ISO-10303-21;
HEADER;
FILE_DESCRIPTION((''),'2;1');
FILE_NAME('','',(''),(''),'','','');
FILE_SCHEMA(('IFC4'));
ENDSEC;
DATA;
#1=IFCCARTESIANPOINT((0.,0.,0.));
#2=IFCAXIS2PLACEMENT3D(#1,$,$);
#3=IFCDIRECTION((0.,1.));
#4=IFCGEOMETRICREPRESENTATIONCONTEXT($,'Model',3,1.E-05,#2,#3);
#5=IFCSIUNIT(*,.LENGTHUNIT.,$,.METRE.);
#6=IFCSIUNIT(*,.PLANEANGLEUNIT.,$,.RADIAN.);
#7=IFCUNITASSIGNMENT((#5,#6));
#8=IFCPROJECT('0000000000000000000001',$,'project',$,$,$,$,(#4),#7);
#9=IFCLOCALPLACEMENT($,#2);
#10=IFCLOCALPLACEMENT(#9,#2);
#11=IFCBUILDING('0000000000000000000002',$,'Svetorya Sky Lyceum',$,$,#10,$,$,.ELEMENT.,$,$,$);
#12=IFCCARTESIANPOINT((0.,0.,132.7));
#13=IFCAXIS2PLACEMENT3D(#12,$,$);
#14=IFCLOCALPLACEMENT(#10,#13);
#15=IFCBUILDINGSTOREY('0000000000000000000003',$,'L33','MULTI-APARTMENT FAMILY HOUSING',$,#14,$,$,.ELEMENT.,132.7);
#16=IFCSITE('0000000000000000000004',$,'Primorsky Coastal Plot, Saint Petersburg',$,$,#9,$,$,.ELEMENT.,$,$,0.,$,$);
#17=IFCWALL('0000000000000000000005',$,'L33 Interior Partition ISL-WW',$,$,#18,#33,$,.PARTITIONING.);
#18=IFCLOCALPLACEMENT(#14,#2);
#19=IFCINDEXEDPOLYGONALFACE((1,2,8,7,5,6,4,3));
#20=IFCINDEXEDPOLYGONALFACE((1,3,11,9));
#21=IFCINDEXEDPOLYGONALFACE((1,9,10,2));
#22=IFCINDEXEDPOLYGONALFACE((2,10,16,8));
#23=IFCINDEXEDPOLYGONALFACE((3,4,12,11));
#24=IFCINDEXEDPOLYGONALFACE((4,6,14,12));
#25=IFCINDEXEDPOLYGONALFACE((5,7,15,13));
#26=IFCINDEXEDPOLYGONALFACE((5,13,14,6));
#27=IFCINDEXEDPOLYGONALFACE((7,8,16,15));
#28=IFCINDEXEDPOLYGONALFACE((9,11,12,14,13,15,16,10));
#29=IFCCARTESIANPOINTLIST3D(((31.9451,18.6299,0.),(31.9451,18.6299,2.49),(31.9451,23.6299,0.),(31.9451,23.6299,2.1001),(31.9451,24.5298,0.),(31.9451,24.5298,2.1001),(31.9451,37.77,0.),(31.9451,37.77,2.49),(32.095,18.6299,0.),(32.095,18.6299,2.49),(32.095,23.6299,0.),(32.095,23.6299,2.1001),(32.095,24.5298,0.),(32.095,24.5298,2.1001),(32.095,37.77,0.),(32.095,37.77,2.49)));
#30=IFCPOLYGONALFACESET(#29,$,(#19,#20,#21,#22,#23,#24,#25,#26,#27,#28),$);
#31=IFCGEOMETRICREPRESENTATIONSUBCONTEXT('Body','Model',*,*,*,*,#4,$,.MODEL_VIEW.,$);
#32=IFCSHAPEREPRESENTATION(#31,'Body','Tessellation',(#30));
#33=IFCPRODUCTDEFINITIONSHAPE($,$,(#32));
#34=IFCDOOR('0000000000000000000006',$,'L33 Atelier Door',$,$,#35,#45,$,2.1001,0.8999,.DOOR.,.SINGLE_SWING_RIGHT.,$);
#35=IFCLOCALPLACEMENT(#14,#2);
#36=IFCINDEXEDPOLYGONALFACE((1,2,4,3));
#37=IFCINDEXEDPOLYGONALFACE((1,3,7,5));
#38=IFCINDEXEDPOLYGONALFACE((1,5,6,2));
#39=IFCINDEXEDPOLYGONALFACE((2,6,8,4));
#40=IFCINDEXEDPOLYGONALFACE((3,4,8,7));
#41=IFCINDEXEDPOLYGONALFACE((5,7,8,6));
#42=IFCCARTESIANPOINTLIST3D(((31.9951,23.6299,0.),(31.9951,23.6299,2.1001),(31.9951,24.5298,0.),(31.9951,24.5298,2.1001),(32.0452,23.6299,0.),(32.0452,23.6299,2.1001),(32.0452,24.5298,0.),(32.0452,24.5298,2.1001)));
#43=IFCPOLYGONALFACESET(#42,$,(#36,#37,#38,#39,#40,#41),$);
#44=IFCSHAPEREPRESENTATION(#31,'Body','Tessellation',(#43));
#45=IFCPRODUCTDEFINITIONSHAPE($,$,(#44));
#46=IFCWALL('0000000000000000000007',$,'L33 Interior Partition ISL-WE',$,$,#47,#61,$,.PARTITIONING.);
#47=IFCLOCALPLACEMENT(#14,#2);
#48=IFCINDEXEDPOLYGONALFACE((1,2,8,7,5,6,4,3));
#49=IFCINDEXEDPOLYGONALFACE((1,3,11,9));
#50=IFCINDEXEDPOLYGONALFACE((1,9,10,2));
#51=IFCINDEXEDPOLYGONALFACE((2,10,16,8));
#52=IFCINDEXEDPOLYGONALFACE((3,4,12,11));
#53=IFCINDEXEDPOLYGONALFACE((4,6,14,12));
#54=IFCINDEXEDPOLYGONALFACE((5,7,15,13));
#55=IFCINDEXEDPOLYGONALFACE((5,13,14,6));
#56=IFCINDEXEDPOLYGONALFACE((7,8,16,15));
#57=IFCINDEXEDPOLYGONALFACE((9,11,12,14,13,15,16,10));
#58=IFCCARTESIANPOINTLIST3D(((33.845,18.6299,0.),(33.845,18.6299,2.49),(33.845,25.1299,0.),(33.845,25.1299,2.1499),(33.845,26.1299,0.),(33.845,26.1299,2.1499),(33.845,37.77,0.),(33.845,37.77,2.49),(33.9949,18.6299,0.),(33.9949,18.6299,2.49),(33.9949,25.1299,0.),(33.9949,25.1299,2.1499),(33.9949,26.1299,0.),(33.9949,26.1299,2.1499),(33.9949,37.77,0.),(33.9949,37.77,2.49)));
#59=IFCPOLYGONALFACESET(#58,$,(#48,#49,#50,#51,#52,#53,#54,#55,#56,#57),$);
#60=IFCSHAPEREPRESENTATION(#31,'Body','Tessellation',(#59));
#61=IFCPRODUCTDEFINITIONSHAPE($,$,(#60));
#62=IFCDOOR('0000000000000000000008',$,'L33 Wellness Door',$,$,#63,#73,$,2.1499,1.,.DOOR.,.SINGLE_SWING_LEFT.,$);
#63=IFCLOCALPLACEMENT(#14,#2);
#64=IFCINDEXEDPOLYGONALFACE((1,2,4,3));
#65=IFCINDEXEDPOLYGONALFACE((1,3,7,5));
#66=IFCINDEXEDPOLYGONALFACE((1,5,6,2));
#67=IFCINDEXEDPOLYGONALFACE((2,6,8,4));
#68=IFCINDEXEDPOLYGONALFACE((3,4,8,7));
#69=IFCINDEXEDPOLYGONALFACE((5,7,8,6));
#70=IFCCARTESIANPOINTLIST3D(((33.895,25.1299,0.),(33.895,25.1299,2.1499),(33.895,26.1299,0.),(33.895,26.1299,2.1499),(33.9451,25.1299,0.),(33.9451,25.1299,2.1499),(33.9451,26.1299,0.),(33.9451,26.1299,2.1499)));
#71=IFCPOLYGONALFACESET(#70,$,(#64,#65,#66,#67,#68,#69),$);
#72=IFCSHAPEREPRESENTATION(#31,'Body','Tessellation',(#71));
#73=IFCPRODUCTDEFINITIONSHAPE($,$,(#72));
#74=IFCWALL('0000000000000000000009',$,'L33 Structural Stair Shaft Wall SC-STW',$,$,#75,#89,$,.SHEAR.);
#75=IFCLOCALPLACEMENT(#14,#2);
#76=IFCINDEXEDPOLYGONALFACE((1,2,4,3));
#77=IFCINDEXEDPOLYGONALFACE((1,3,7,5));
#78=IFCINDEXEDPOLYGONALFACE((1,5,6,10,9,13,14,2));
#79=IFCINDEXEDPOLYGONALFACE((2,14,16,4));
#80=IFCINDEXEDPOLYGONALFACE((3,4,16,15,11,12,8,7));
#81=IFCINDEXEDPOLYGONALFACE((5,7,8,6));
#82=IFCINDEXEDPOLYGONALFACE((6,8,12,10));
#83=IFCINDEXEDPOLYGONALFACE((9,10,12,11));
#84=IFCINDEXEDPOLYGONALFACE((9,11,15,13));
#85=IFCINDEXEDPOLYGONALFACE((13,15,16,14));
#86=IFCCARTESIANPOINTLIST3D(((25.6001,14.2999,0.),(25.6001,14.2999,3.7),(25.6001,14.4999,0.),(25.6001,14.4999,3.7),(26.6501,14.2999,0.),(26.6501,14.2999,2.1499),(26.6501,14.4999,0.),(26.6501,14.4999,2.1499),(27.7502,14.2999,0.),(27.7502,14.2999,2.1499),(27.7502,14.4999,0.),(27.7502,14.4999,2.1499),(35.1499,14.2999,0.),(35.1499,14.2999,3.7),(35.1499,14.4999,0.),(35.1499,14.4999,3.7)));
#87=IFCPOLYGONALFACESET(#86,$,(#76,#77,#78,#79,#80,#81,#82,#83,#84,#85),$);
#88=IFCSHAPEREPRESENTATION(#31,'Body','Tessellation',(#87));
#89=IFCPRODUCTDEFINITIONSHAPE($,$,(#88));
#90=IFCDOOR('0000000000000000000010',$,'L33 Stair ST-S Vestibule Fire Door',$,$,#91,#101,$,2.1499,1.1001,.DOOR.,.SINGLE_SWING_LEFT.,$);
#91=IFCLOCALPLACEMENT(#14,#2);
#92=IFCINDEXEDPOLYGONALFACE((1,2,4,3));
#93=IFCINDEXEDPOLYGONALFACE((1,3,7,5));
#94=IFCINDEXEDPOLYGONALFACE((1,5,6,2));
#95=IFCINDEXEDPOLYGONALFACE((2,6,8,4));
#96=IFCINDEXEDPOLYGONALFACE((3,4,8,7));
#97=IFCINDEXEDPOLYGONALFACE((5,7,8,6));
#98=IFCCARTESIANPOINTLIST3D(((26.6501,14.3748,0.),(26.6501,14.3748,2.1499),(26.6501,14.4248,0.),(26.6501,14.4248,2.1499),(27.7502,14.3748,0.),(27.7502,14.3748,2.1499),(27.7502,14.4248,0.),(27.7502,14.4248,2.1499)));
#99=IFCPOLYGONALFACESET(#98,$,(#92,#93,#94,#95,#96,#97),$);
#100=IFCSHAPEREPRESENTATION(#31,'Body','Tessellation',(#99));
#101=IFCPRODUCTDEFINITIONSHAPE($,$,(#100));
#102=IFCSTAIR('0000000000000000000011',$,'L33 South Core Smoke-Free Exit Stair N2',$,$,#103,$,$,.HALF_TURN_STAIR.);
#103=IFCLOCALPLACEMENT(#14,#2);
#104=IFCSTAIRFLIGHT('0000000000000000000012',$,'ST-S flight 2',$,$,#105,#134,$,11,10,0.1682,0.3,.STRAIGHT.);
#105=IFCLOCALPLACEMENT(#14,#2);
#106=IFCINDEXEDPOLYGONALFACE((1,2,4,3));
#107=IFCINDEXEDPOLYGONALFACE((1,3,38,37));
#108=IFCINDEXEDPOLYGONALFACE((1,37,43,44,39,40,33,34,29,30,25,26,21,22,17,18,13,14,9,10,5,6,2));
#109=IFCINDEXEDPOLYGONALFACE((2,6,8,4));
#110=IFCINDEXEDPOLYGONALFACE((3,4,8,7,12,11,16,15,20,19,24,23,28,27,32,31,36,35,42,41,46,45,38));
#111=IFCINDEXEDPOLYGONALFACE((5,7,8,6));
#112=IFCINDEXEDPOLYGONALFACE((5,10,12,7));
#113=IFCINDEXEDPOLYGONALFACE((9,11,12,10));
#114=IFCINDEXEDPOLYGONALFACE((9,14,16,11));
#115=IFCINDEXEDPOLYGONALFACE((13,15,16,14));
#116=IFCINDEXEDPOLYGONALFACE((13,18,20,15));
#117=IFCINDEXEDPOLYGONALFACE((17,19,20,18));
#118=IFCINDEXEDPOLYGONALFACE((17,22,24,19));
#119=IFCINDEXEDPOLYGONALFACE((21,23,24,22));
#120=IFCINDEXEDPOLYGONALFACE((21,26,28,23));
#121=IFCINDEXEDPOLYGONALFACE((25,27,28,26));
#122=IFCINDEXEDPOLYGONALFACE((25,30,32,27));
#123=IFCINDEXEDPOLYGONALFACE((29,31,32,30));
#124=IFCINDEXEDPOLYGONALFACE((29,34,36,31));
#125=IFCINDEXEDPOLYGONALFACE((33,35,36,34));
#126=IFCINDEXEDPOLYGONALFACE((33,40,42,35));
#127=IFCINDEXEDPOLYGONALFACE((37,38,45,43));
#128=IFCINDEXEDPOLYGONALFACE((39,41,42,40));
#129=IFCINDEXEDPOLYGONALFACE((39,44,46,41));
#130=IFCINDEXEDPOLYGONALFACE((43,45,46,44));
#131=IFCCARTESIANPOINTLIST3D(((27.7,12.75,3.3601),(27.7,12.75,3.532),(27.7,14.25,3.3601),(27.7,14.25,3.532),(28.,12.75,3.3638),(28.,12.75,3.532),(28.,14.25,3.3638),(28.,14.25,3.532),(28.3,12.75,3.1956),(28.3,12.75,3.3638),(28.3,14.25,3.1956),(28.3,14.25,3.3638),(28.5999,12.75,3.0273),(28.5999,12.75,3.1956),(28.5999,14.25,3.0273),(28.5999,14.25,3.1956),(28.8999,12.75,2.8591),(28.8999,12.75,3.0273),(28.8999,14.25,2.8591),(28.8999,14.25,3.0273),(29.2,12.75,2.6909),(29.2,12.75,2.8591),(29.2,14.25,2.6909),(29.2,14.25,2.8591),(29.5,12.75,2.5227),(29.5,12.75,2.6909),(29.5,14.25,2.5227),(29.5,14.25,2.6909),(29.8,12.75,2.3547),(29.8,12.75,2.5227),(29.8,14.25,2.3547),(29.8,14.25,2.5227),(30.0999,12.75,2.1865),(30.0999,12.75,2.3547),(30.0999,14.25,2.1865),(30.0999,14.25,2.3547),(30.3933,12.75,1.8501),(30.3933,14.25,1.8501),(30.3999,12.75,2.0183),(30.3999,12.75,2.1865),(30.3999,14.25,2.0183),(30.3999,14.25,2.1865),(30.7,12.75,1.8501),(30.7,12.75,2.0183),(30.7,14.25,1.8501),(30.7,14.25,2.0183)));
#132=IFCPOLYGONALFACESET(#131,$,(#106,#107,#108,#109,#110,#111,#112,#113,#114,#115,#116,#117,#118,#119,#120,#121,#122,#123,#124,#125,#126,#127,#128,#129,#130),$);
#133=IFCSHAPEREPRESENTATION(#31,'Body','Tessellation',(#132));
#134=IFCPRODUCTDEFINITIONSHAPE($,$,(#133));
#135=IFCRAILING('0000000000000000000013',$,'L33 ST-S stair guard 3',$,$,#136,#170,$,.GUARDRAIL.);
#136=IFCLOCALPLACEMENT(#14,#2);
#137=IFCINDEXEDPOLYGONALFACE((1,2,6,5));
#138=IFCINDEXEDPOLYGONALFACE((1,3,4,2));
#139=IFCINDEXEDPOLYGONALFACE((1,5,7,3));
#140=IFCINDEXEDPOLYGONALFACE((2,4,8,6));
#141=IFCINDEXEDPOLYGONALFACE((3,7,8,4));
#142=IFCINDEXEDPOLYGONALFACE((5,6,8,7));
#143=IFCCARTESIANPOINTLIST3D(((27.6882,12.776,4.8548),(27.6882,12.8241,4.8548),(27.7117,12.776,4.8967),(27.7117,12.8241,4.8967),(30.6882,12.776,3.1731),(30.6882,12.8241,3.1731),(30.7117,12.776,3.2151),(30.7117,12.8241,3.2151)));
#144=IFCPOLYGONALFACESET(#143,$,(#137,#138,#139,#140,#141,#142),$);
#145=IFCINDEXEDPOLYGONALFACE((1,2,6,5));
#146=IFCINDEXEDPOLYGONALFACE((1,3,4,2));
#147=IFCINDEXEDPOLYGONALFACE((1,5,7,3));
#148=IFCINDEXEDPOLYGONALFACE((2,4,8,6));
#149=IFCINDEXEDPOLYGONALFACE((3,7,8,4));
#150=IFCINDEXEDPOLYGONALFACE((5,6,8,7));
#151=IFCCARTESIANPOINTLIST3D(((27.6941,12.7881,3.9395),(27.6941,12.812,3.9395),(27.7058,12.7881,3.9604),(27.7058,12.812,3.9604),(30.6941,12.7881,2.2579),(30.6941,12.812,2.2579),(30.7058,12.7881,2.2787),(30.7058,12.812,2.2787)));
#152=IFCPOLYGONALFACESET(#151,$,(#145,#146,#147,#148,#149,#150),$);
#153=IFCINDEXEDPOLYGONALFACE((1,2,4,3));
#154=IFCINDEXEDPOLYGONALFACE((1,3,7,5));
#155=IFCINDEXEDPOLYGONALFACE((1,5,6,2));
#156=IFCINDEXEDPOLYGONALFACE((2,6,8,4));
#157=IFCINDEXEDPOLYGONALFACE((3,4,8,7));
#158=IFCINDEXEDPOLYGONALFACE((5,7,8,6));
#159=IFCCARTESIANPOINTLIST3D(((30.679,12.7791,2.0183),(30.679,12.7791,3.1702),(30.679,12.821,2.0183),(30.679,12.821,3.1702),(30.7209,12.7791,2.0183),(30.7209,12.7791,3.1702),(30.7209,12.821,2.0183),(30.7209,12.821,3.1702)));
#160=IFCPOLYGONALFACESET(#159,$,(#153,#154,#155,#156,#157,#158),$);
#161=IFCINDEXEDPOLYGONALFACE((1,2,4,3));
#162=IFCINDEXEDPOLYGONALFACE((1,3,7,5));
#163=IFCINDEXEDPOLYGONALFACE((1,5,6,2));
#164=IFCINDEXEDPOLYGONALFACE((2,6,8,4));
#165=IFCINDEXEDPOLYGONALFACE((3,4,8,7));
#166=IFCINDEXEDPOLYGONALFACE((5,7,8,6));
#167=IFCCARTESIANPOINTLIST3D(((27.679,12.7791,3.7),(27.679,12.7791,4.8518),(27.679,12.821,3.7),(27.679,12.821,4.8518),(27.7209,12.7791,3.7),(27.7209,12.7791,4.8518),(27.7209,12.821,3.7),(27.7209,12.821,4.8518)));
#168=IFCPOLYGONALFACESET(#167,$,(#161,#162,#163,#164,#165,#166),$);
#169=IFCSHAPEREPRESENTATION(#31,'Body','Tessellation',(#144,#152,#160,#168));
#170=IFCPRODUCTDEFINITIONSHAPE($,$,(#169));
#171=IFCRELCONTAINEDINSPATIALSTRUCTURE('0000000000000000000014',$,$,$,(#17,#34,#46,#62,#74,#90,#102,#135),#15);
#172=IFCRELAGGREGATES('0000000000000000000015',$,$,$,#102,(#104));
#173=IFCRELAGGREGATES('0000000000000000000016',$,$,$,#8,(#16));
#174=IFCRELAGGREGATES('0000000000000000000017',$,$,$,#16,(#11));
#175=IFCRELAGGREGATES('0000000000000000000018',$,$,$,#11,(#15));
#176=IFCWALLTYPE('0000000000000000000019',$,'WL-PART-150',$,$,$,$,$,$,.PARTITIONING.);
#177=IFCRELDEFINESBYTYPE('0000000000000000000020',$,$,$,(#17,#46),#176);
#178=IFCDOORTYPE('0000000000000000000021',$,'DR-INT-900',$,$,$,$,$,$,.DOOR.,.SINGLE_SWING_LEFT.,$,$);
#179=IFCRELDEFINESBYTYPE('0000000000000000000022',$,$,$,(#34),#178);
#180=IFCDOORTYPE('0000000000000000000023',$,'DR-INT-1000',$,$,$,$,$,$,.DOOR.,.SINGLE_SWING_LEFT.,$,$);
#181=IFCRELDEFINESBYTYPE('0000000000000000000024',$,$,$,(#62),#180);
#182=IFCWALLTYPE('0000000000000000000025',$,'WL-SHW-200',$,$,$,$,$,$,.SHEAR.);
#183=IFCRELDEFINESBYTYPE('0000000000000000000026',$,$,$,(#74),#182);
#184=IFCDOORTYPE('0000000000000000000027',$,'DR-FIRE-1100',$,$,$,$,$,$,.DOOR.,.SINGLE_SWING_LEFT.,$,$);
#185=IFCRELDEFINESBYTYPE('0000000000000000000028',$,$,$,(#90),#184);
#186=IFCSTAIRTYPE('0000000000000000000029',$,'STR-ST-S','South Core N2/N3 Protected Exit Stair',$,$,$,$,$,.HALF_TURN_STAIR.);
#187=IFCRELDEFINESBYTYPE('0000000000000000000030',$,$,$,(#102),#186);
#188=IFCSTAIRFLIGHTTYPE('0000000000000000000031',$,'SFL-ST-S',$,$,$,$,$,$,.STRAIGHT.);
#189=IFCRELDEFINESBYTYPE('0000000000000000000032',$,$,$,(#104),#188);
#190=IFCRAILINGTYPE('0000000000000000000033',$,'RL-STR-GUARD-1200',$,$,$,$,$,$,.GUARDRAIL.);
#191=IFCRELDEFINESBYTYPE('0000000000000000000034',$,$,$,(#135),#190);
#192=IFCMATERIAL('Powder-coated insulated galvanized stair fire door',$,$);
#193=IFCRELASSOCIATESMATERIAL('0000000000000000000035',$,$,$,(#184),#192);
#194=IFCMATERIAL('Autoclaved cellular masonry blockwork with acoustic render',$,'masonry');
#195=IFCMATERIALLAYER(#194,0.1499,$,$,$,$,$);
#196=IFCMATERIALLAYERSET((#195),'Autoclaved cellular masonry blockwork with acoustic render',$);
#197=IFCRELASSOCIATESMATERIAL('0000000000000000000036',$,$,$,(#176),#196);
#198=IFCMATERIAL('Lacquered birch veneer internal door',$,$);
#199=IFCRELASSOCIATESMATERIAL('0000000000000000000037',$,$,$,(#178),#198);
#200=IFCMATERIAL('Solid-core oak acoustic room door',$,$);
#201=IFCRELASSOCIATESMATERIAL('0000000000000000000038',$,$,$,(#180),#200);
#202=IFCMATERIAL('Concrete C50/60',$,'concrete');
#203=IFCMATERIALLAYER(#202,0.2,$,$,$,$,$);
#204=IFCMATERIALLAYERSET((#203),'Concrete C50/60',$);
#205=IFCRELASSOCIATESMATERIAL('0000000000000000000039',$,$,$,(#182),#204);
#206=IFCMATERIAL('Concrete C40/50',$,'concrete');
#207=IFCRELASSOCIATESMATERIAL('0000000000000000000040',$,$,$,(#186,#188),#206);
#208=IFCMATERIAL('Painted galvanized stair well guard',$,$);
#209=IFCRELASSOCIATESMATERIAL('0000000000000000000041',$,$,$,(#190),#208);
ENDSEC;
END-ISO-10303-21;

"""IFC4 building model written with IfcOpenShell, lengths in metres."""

from ifc_helpers import new_model, si_unit, direction, frame, frame_2d, origin, origin_2d, place, context, subcontext, project, spatial, polyline, rectangle, outline, extrude, material, layer, layer_set, type_object, element, fill, aggregate, save


model = new_model("IFC4")

# Units and contexts
model_context = context("Model", 3, precision=1e-05, world=origin(), true_north=direction((0.0, 1.0)))
body_context = subcontext(model_context, "Body", "Model", "MODEL_VIEW")
ifc_project = project(units=[si_unit("LENGTHUNIT", "METRE"), si_unit("PLANEANGLEUNIT", "RADIAN")], contexts=[model_context])

# Site, building, storey
site_placement = place(None, origin())
site = spatial("IfcSite", under=ifc_project, at=site_placement, Name="Primorsky Coastal Plot, Saint Petersburg", CompositionType="ELEMENT", RefElevation=0.0)
building_placement = place(site_placement, origin())
building = spatial("IfcBuilding", under=site, at=building_placement, Name="Svetorya Sky Lyceum", CompositionType="ELEMENT")
storey_placement = place(building_placement, frame((0.0, 0.0, 132.7)))
storey = spatial("IfcBuildingStorey", under=building, at=storey_placement, Name="L33", Description="MULTI-APARTMENT FAMILY HOUSING", CompositionType="ELEMENT", Elevation=132.7)

# Shared definitions
ifc_material_1 = material(Name="Concrete C50/60", Category="concrete")

# Shared definitions
ifc_material_2 = material(Name="Powder-coated insulated galvanized stair fire door")
door_type_1 = type_object("IfcDoorType", Name="DR-FIRE-1100", OperationType="SINGLE_SWING_LEFT", PredefinedType="DOOR", material=ifc_material_2)

# Shared definitions
ifc_material_3 = material(Name="Autoclaved cellular masonry blockwork with acoustic render", Category="masonry")
ifc_layer_1 = layer(ifc_material_3, 0.1499)
ifc_layer_set_1 = layer_set([ifc_layer_1], Name="Autoclaved cellular masonry blockwork with acoustic render")
wall_type_1 = type_object("IfcWallType", Name="WL-PART-150", PredefinedType="PARTITIONING", material=ifc_layer_set_1)

# Walls, openings, doors
wall_1_placement = place(storey_placement, frame((32.02, 18.6299, 0.0), z_axis=(0.0, 0.0, 1.0), x_axis=(0.0, 1.0, 0.0)))
wall_1 = element("IfcWall", 1, at=wall_1_placement, inside=storey, type_object=wall_type_1, Name="L33 Interior Partition ISL-WW", PredefinedType="PARTITIONING", context=body_context, shape_type="SweptSolid", body=[
    extrude(rectangle(XDim=19.1401, YDim=0.1499, at=frame_2d((9.5701, 0.0))), origin(), (0.0, 0.0, 1.0), 2.49),
])
opening_1_placement = place(wall_1_placement, frame((5.0, 0.0, 0.0)))
opening_1 = element("IfcOpeningElement", 2, at=opening_1_placement, cuts=wall_1, PredefinedType="OPENING", context=body_context, shape_type="SweptSolid", body=[
    extrude(rectangle(XDim=0.8999, YDim=2.1001, at=frame_2d((0.45, 1.05))), frame((0.0, 0.085, 0.0), z_axis=(0.0, -1.0, 0.0), x_axis=(1.0, 0.0, 0.0)), (0.0, 0.0, 1.0), 0.1699),
])
ifc_material_4 = material(Name="Lacquered birch veneer internal door")
door_type_2 = type_object("IfcDoorType", Name="DR-INT-900", OperationType="SINGLE_SWING_LEFT", PredefinedType="DOOR", material=ifc_material_4)
door_1_placement = place(opening_1_placement, origin())
door_1 = element("IfcDoor", 3, at=door_1_placement, inside=storey, type_object=door_type_2, Name="L33 Atelier Door", OperationType="SINGLE_SWING_RIGHT", OverallHeight=2.1001, OverallWidth=0.8999, PredefinedType="DOOR", context=body_context, shape_type="SweptSolid", body=[
    extrude(rectangle(XDim=0.8999, YDim=2.1001, at=frame_2d((0.45, 1.05))), frame((0.0, 0.0249, 0.0), z_axis=(0.0, -1.0, 0.0), x_axis=(1.0, 0.0, 0.0)), (0.0, 0.0, 1.0), 0.05),
])
fill(opening_1, door_1)
wall_2_placement = place(storey_placement, frame((33.9199, 18.6299, 0.0), z_axis=(0.0, 0.0, 1.0), x_axis=(0.0, 1.0, 0.0)))
wall_2 = element("IfcWall", 4, at=wall_2_placement, inside=storey, type_object=wall_type_1, Name="L33 Interior Partition ISL-WE", PredefinedType="PARTITIONING", context=body_context, shape_type="SweptSolid", body=[
    extrude(rectangle(XDim=19.1401, YDim=0.1499, at=frame_2d((9.5701, 0.0))), origin(), (0.0, 0.0, 1.0), 2.49),
])
opening_2_placement = place(wall_2_placement, frame((6.5, 0.0, 0.0)))
opening_2 = element("IfcOpeningElement", 5, at=opening_2_placement, cuts=wall_2, PredefinedType="OPENING", context=body_context, shape_type="SweptSolid", body=[
    extrude(rectangle(XDim=1.0, YDim=2.1499, at=frame_2d((0.5, 1.075))), frame((0.0, 0.085, 0.0), z_axis=(0.0, -1.0, 0.0), x_axis=(1.0, 0.0, 0.0)), (0.0, 0.0, 1.0), 0.1699),
])
ifc_material_5 = material(Name="Solid-core oak acoustic room door")
door_type_3 = type_object("IfcDoorType", Name="DR-INT-1000", OperationType="SINGLE_SWING_LEFT", PredefinedType="DOOR", material=ifc_material_5)
door_2_placement = place(opening_2_placement, origin())
door_2 = element("IfcDoor", 6, at=door_2_placement, inside=storey, type_object=door_type_3, Name="L33 Wellness Door", OperationType="SINGLE_SWING_LEFT", OverallHeight=2.1499, OverallWidth=1.0, PredefinedType="DOOR", context=body_context, shape_type="SweptSolid", body=[
    extrude(rectangle(XDim=1.0, YDim=2.1499, at=frame_2d((0.5, 1.075))), frame((0.0, 0.0249, 0.0), z_axis=(0.0, -1.0, 0.0), x_axis=(1.0, 0.0, 0.0)), (0.0, 0.0, 1.0), 0.05),
])
fill(opening_2, door_2)
ifc_layer_2 = layer(ifc_material_1, 0.2)
ifc_layer_set_2 = layer_set([ifc_layer_2], Name="Concrete C50/60")
wall_type_2 = type_object("IfcWallType", Name="WL-SHW-200", PredefinedType="SHEAR", material=ifc_layer_set_2)
wall_3_placement = place(storey_placement, frame((25.6001, 14.3999, 0.0), z_axis=(0.0, 0.0, 1.0), x_axis=(1.0, 0.0, 0.0)))
wall_3 = element("IfcWall", 7, at=wall_3_placement, inside=storey, type_object=wall_type_2, Name="L33 Structural Stair Shaft Wall SC-STW", PredefinedType="SHEAR", context=body_context, shape_type="SweptSolid", body=[
    extrude(rectangle(XDim=9.5498, YDim=0.2, at=frame_2d((4.7749, 0.0))), origin(), (0.0, 0.0, 1.0), 3.7),
])
opening_3_placement = place(wall_3_placement, frame((1.05, 0.0, 0.0)))
opening_3 = element("IfcOpeningElement", 8, at=opening_3_placement, cuts=wall_3, PredefinedType="OPENING", context=body_context, shape_type="SweptSolid", body=[
    extrude(rectangle(XDim=1.1001, YDim=2.1499, at=frame_2d((0.55, 1.075))), frame((0.0, 0.1099, 0.0), z_axis=(0.0, -1.0, 0.0), x_axis=(1.0, 0.0, 0.0)), (0.0, 0.0, 1.0), 0.22),
])
door_3_placement = place(opening_3_placement, origin())
door_3 = element("IfcDoor", 9, at=door_3_placement, inside=storey, type_object=door_type_1, Name="L33 Stair ST-S Vestibule Fire Door", OperationType="SINGLE_SWING_LEFT", OverallHeight=2.1499, OverallWidth=1.1001, PredefinedType="DOOR", context=body_context, shape_type="SweptSolid", body=[
    extrude(rectangle(XDim=1.1001, YDim=2.1499, at=frame_2d((0.55, 1.075))), frame((0.0, 0.0249, 0.0), z_axis=(0.0, -1.0, 0.0), x_axis=(1.0, 0.0, 0.0)), (0.0, 0.0, 1.0), 0.05),
])
fill(opening_3, door_3)

# Stair, stair flight
ifc_material_6 = material(Name="Concrete C40/50", Category="concrete")
stair_type = type_object("IfcStairType", Name="STR-ST-S", Description="South Core N2/N3 Protected Exit Stair", PredefinedType="HALF_TURN_STAIR", material=ifc_material_6)
stair_placement = place(storey_placement, origin())
stair = element("IfcStair", 10, at=stair_placement, inside=storey, type_object=stair_type, Name="L33 South Core Smoke-Free Exit Stair N2", PredefinedType="HALF_TURN_STAIR")
stair_flight_type = type_object("IfcStairFlightType", Name="SFL-ST-S", PredefinedType="STRAIGHT", material=ifc_material_6)
stair_flight_placement = place(storey_placement, frame((30.7, 13.5, 1.8501), z_axis=(0.0, 0.0, 1.0), x_axis=(-1.0, 0.0, 0.0)))
stair_flight = element("IfcStairFlight", 11, at=stair_flight_placement, type_object=stair_flight_type, Name="ST-S flight 2", NumberOfRisers=11, NumberOfTreads=10, PredefinedType="STRAIGHT", RiserHeight=0.1682, TreadLength=0.3, context=body_context, shape_type="SweptSolid", body=[
    extrude(outline(polyline([(0.0, 0.0), (0.0, 0.1682), (0.3, 0.1682), (0.3, 0.3364), (0.6001, 0.3364), (0.6001, 0.5046), (0.8999, 0.5046), (0.8999, 0.6726), (1.2, 0.6726), (1.2, 0.8408), (1.5, 0.8408), (1.5, 1.009), (1.8, 1.009), (1.8, 1.1772), (2.1001, 1.1772), (2.1001, 1.3455), (2.3999, 1.3455), (2.3999, 1.5137), (2.7, 1.5137), (2.7, 1.6819), (3.0, 1.6819), (3.0, 1.8501), (3.0, 1.51), (0.3066, 0.0), (0.0, 0.0)])), frame((0.0, 0.75, 0.0), z_axis=(0.0, -1.0, 0.0), x_axis=(1.0, 0.0, 0.0)), (0.0, 0.0, 1.0), 1.5),
])
aggregate(stair, [stair_flight])

# Railing
ifc_material_7 = material(Name="Painted galvanized stair well guard")
railing_type_1 = type_object("IfcRailingType", Name="RL-STR-GUARD-1200", PredefinedType="GUARDRAIL", material=ifc_material_7)
railing_1_placement = place(storey_placement, frame((30.7, 12.8, 2.0183)))
element("IfcRailing", 12, at=railing_1_placement, inside=storey, type_object=railing_type_1, Name="L33 ST-S stair guard 3", PredefinedType="GUARDRAIL", context=body_context, shape_type="SweptSolid", body=[
    extrude(rectangle(XDim=0.0481, YDim=0.0481, at=origin_2d()), frame((0.0, 0.0, 1.1758), z_axis=(-0.872303, 0.0, 0.488966), x_axis=(0.0, -1.0, 0.0)), (0.0, 0.0, 1.0), 3.4392),
    extrude(rectangle(XDim=0.0239, YDim=0.0239, at=origin_2d()), frame((0.0, 0.0, 0.25), z_axis=(-0.872303, 0.0, 0.488966), x_axis=(0.0, -1.0, 0.0)), (0.0, 0.0, 1.0), 3.4392),
    extrude(rectangle(XDim=0.042, YDim=0.042, at=origin_2d()), origin(), (0.0, 0.0, 1.0), 1.1519),
    extrude(rectangle(XDim=0.042, YDim=0.042, at=origin_2d()), frame((-3.0, 0.0, 1.6816)), (0.0, 0.0, 1.0), 1.1519),
])

save(model, "model.ifc")
